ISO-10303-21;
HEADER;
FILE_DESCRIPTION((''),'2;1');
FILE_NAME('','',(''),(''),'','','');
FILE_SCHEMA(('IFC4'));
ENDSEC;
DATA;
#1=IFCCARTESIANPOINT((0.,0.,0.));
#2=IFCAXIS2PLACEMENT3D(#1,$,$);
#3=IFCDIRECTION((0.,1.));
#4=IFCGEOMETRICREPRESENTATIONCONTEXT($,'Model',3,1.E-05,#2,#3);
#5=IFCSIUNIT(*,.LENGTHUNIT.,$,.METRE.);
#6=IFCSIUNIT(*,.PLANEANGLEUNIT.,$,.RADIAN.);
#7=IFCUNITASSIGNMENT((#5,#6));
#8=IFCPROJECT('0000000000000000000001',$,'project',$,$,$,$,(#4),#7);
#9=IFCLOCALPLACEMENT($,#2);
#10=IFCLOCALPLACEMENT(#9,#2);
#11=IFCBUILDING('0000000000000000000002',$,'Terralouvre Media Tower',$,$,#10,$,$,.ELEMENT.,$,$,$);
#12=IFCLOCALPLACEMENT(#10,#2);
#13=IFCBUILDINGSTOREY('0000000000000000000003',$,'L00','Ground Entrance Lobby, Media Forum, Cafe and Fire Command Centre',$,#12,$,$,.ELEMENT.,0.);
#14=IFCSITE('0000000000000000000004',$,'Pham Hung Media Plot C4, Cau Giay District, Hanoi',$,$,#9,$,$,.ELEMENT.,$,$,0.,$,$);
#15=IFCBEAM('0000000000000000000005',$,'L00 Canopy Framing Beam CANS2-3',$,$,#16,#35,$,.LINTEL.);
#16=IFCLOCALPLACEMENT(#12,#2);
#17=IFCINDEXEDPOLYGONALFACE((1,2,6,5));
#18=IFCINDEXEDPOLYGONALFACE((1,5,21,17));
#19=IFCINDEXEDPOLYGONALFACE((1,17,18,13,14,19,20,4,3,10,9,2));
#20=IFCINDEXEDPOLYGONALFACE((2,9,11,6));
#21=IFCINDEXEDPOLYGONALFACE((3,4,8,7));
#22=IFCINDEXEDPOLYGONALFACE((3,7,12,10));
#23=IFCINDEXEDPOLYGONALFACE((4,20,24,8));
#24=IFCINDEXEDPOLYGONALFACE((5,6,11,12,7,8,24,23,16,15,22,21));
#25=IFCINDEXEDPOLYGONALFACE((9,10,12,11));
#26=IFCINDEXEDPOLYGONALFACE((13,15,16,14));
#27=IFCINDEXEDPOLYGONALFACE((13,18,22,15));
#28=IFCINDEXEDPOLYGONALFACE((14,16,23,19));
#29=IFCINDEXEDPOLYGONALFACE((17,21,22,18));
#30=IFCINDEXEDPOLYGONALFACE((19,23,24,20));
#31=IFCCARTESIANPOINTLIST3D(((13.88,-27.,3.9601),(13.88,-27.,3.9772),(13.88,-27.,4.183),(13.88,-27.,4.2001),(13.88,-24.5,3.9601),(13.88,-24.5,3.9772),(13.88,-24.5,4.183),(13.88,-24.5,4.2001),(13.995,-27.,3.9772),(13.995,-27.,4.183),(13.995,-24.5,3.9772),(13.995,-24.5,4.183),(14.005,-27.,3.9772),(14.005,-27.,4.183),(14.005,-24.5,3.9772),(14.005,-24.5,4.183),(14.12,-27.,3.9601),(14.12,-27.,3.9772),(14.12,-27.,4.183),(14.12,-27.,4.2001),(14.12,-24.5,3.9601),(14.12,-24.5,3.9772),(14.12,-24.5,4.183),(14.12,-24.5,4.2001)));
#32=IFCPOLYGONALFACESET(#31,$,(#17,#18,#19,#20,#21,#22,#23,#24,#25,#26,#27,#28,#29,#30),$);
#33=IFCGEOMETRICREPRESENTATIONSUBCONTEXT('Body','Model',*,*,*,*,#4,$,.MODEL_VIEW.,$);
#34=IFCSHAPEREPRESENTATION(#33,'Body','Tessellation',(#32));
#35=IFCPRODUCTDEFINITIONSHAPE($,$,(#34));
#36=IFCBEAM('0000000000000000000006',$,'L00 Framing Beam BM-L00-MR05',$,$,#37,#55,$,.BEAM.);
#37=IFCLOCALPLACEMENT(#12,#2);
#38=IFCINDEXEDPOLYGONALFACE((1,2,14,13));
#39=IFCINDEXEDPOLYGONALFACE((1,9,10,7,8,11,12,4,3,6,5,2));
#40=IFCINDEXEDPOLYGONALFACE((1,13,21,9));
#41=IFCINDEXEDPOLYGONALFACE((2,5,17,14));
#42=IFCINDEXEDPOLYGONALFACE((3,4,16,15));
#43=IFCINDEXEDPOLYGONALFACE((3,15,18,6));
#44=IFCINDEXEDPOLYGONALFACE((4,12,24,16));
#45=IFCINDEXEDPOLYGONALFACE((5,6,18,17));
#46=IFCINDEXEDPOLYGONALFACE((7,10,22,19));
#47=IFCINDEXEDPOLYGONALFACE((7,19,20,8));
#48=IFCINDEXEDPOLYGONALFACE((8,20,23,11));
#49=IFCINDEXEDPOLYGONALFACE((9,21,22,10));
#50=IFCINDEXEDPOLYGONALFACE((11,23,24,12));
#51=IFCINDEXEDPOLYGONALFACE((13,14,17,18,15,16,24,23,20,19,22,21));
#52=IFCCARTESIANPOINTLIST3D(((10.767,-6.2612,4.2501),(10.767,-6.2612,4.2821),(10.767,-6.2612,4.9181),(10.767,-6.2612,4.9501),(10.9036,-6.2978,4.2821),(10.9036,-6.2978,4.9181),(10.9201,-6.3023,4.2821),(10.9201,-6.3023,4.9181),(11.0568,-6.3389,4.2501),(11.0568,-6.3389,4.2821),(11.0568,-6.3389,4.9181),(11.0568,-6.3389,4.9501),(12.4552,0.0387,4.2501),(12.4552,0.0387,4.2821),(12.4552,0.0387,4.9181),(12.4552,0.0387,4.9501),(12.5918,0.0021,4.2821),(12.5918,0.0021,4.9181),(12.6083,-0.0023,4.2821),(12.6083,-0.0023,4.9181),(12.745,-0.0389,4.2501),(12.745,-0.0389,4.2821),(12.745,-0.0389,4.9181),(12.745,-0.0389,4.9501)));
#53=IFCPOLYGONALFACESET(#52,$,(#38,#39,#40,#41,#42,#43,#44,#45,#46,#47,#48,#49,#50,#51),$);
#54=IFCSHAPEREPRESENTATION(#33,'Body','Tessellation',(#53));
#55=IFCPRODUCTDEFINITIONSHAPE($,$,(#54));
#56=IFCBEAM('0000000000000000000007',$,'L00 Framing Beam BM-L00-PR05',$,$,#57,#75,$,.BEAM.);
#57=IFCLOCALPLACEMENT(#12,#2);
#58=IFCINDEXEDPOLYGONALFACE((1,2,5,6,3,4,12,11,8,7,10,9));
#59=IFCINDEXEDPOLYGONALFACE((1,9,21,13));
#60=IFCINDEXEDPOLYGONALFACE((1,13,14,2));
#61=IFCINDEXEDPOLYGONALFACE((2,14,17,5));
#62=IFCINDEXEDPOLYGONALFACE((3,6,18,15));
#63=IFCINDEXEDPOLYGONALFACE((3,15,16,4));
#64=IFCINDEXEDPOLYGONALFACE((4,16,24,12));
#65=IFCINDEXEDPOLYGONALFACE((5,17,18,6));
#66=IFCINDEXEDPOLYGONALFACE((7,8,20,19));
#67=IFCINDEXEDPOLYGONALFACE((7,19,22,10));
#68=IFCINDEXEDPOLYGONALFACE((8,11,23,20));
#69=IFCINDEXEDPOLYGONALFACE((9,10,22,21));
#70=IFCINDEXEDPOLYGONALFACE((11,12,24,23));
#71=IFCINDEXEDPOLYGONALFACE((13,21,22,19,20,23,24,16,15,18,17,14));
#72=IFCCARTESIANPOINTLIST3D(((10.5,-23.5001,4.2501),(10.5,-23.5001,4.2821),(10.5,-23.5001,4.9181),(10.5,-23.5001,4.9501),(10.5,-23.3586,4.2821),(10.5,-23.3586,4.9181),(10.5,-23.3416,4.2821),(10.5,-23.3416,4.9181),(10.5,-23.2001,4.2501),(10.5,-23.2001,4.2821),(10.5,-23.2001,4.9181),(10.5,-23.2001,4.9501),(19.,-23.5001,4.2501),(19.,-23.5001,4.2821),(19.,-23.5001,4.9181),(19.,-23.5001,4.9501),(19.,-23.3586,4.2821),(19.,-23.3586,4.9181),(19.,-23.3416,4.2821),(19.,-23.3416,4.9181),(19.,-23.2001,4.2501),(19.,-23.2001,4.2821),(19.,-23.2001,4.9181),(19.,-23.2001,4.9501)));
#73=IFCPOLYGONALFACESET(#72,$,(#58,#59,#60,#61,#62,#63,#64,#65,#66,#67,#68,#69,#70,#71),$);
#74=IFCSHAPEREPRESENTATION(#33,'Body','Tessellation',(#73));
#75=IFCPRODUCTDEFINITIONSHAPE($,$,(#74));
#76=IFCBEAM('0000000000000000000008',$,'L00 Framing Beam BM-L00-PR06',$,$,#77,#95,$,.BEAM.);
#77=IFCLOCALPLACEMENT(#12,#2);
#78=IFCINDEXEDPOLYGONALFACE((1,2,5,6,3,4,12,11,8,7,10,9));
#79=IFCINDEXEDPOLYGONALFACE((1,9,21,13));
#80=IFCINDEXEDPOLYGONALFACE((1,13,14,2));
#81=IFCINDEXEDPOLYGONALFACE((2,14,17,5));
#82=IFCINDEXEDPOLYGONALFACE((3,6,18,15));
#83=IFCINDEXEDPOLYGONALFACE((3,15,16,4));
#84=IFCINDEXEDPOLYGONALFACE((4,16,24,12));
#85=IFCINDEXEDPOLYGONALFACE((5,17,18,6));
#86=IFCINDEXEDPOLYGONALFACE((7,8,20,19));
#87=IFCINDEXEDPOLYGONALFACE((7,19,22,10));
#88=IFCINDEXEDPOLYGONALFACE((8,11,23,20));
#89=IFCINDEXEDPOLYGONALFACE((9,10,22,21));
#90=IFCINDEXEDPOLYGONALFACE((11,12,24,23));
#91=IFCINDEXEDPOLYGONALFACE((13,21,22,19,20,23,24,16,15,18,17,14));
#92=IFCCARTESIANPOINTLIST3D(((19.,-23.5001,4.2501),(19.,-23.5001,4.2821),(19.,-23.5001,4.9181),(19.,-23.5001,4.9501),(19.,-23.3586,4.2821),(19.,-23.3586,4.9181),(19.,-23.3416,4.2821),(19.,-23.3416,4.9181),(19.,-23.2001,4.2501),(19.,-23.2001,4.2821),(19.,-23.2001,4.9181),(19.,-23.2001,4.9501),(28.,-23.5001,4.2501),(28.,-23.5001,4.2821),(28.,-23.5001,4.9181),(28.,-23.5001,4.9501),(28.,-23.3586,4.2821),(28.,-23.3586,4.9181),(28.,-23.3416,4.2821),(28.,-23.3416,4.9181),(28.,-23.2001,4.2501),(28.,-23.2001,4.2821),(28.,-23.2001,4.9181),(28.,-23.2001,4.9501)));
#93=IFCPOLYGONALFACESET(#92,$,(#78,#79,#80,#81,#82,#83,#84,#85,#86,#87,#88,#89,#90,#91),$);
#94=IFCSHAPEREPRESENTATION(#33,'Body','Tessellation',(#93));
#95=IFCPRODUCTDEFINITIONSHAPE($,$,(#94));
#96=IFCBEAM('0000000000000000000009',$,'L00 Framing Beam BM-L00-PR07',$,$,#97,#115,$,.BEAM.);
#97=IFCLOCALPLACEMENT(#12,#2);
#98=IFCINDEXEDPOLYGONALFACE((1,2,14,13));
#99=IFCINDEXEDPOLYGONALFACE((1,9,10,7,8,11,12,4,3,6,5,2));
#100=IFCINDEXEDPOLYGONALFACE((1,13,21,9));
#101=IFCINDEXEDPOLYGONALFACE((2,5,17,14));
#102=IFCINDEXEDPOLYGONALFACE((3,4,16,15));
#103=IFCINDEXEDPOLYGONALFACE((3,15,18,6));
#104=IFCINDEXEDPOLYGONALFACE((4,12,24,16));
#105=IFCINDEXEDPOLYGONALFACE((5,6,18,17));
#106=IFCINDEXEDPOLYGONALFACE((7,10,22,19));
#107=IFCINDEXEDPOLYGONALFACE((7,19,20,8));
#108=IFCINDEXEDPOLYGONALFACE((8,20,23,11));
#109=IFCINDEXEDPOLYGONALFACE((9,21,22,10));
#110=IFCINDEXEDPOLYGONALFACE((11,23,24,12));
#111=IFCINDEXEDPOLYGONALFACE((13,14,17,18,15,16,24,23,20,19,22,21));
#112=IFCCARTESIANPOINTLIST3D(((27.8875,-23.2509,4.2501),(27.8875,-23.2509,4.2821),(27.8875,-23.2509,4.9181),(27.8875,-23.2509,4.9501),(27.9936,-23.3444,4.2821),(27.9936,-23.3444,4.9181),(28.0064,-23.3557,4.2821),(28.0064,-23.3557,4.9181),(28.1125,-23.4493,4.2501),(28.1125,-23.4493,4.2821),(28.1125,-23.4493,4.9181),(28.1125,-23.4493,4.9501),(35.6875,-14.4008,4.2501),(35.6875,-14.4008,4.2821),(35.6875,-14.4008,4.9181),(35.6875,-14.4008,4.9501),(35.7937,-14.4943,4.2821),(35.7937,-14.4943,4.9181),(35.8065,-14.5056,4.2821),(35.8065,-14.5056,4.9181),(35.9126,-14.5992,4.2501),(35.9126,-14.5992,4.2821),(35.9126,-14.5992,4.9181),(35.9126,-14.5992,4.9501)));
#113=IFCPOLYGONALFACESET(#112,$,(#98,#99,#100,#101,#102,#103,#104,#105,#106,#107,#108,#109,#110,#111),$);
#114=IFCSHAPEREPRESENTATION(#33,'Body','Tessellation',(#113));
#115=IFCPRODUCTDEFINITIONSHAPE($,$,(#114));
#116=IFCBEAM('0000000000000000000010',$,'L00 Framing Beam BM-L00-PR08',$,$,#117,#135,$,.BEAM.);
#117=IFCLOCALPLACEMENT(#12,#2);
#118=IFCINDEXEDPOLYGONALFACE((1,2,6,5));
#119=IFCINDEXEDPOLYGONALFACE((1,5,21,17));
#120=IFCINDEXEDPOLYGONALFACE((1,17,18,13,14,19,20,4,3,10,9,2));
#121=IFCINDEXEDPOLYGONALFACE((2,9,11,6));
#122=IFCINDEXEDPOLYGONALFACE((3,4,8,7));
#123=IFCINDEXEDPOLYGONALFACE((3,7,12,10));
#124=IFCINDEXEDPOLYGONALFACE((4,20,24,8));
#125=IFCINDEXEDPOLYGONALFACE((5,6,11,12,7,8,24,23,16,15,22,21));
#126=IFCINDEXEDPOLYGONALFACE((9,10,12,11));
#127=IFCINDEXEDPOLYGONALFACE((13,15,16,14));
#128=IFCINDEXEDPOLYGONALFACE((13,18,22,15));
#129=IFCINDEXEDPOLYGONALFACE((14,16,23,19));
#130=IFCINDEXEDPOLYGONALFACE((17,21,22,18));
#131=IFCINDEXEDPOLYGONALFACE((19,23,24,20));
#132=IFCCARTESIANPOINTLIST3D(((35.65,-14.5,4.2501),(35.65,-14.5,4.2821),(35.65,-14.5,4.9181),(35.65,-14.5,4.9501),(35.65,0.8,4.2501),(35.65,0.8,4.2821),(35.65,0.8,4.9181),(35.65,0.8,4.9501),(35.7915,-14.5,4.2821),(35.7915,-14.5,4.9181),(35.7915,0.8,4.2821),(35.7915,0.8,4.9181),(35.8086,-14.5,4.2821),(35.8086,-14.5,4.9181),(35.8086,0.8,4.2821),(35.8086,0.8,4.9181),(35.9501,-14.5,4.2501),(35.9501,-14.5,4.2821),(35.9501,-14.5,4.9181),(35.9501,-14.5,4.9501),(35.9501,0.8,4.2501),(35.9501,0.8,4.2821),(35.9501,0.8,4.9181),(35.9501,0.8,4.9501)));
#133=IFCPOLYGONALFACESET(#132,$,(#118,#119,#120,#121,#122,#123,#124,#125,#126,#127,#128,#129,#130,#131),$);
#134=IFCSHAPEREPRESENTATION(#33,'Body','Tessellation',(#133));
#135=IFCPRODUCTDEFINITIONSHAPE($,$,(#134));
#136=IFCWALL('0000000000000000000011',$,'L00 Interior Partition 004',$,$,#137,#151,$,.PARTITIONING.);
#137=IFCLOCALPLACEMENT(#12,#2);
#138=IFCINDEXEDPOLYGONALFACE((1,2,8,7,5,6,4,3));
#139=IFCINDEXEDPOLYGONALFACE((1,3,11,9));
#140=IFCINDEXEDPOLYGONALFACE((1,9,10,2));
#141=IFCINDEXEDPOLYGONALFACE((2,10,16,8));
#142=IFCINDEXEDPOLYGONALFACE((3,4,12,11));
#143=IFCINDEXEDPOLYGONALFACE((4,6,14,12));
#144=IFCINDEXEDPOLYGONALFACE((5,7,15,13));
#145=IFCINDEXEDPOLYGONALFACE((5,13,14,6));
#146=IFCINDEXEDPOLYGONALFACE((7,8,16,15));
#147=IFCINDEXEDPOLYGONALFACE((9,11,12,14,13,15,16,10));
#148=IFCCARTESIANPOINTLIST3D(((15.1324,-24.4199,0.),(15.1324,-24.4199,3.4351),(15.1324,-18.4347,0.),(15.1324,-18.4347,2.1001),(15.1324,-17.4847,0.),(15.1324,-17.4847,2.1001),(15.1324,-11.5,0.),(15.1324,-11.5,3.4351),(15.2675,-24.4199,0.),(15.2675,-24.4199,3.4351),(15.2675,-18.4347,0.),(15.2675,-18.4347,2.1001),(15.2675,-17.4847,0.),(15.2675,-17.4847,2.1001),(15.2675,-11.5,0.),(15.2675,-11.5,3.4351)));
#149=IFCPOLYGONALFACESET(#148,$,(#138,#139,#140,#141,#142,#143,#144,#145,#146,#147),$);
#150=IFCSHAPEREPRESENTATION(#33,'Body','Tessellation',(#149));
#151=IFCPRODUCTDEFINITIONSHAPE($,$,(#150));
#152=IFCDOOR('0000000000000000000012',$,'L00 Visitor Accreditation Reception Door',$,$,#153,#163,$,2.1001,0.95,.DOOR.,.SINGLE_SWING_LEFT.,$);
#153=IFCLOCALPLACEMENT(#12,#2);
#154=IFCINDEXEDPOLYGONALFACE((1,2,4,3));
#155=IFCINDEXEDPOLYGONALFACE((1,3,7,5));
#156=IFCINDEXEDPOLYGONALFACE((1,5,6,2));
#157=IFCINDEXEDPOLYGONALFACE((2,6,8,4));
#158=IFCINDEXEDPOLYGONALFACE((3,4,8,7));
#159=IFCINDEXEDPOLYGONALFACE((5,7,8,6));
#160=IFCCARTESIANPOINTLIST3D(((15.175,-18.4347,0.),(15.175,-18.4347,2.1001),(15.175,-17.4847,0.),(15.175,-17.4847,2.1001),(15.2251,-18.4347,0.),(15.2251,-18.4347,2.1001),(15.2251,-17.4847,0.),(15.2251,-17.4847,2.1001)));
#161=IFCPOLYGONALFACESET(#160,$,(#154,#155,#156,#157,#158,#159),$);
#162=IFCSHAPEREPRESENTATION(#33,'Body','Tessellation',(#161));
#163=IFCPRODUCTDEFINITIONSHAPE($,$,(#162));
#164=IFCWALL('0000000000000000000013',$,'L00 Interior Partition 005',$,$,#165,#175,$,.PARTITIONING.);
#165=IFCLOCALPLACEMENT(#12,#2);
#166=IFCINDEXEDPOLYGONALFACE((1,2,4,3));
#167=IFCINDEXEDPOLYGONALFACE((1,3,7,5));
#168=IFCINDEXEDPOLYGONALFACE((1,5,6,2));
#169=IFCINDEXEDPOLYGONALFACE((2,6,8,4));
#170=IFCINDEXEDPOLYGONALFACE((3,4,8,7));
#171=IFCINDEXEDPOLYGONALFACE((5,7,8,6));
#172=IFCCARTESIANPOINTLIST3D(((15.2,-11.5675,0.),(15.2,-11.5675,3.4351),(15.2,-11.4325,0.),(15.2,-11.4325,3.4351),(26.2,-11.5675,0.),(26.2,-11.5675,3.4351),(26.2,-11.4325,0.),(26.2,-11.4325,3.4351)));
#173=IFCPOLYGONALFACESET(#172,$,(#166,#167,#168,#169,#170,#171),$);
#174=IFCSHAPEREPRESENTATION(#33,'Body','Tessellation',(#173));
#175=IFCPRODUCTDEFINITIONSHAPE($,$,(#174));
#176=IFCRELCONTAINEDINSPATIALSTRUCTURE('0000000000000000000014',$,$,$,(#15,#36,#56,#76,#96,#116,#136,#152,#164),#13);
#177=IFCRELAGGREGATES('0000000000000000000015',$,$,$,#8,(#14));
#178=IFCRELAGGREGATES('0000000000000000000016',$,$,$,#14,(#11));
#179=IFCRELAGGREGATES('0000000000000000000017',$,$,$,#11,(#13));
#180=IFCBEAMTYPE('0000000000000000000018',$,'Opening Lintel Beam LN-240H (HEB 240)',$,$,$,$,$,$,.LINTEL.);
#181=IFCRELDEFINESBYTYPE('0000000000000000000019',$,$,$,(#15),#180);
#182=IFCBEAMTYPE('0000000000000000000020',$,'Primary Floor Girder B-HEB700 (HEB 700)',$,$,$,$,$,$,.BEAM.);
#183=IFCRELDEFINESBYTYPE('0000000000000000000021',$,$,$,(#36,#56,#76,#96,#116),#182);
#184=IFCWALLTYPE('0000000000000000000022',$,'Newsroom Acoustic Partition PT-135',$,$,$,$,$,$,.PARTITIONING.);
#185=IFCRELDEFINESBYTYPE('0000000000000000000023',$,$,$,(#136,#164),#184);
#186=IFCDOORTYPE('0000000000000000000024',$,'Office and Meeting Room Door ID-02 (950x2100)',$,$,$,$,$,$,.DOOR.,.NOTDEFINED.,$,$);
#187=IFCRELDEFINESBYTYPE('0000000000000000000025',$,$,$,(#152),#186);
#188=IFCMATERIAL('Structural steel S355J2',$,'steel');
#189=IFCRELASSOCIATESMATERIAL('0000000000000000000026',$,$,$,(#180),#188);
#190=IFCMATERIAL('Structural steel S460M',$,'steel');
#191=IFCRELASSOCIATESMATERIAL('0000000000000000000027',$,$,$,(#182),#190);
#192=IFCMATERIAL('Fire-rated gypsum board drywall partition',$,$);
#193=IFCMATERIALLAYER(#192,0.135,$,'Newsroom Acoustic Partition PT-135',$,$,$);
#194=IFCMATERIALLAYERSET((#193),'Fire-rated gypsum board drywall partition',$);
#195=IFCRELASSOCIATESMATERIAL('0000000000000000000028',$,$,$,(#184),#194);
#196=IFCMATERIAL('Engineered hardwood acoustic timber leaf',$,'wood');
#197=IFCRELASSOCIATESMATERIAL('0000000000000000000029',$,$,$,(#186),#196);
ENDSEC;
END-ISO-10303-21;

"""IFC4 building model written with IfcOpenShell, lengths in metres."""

from ifc_helpers import new_model, si_unit, direction, frame, frame_2d, origin, origin_2d, place, context, subcontext, project, spatial, rectangle, i_section, extrude, material, layer, layer_set, material_profile, profile_set, type_object, element, fill, save


model = new_model("IFC4")

# Units and contexts
model_context = context("Model", 3, precision=1e-05, world=origin(), true_north=direction((0.0, 1.0)))
body_context = subcontext(model_context, "Body", "Model", "MODEL_VIEW")
ifc_project = project(units=[si_unit("LENGTHUNIT", "METRE"), si_unit("PLANEANGLEUNIT", "RADIAN")], contexts=[model_context])

# Site, building, storey
site_placement = place(None, origin())
site = spatial("IfcSite", under=ifc_project, at=site_placement, Name="Pham Hung Media Plot C4, Cau Giay District, Hanoi", CompositionType="ELEMENT", RefElevation=0.0)
building_placement = place(site_placement, origin())
building = spatial("IfcBuilding", under=site, at=building_placement, Name="Terralouvre Media Tower", CompositionType="ELEMENT")
storey_placement = place(building_placement, origin())
storey = spatial("IfcBuildingStorey", under=building, at=storey_placement, Name="L00", Description="Ground Entrance Lobby, Media Forum, Cafe and Fire Command Centre", CompositionType="ELEMENT", Elevation=0.0)

# Beams
ifc_material_1 = material(Name="Structural steel S355J2", Category="steel")
ifc_material_profile_1 = material_profile(ifc_material_1, i_section(OverallWidth=0.24, OverallDepth=0.24, WebThickness=0.01, FlangeThickness=0.0171, at=origin_2d()), Name="HEB 240")
ifc_profile_set_1 = profile_set([ifc_material_profile_1], Name="Structural steel S355J2")
beam_type_1 = type_object("IfcBeamType", Name="Opening Lintel Beam LN-240H (HEB 240)", PredefinedType="LINTEL", material=ifc_profile_set_1)
beam_1_placement = place(storey_placement, frame((14.0, -27.0, 4.0801), z_axis=(0.0, 1.0, 0.0), x_axis=(-1.0, 0.0, 0.0)))
element("IfcBeam", 1, at=beam_1_placement, inside=storey, type_object=beam_type_1, Name="L00 Canopy Framing Beam CANS2-3", PredefinedType="LINTEL", context=body_context, shape_type="SweptSolid", body=[
    extrude(i_section(OverallWidth=0.24, OverallDepth=0.24, WebThickness=0.01, FlangeThickness=0.0171, at=origin_2d()), origin(), (0.0, 0.0, 1.0), 2.5),
])
ifc_material_2 = material(Name="Structural steel S460M", Category="steel")
ifc_material_profile_2 = material_profile(ifc_material_2, i_section(OverallWidth=0.3, OverallDepth=0.7, WebThickness=0.0171, FlangeThickness=0.032, at=origin_2d()), Name="HEB 700")
ifc_profile_set_2 = profile_set([ifc_material_profile_2], Name="Structural steel S460M")
beam_type_2 = type_object("IfcBeamType", Name="Primary Floor Girder B-HEB700 (HEB 700)", PredefinedType="BEAM", material=ifc_profile_set_2)
beam_2_placement = place(storey_placement, frame((10.9119, -6.3, 4.6001), z_axis=(0.258839, 0.96592, 0.0), x_axis=(-0.96592, 0.258839, 0.0)))
element("IfcBeam", 2, at=beam_2_placement, inside=storey, type_object=beam_type_2, Name="L00 Framing Beam BM-L00-MR05", PredefinedType="BEAM", context=body_context, shape_type="SweptSolid", body=[
    extrude(i_section(OverallWidth=0.3, OverallDepth=0.7, WebThickness=0.0171, FlangeThickness=0.032, at=origin_2d()), origin(), (0.0, 0.0, 1.0), 6.5222),
])
beam_3_placement = place(storey_placement, frame((10.5, -23.3501, 4.6001), z_axis=(1.0, 0.0, 0.0), x_axis=(0.0, 1.0, 0.0)))
element("IfcBeam", 3, at=beam_3_placement, inside=storey, type_object=beam_type_2, Name="L00 Framing Beam BM-L00-PR05", PredefinedType="BEAM", context=body_context, shape_type="SweptSolid", body=[
    extrude(i_section(OverallWidth=0.3, OverallDepth=0.7, WebThickness=0.0171, FlangeThickness=0.032, at=origin_2d()), origin(), (0.0, 0.0, 1.0), 8.5),
])
beam_4_placement = place(storey_placement, frame((19.0, -23.3501, 4.6001), z_axis=(1.0, 0.0, 0.0), x_axis=(0.0, 1.0, 0.0)))
element("IfcBeam", 4, at=beam_4_placement, inside=storey, type_object=beam_type_2, Name="L00 Framing Beam BM-L00-PR06", PredefinedType="BEAM", context=body_context, shape_type="SweptSolid", body=[
    extrude(i_section(OverallWidth=0.3, OverallDepth=0.7, WebThickness=0.0171, FlangeThickness=0.032, at=origin_2d()), origin(), (0.0, 0.0, 1.0), 9.0),
])
beam_5_placement = place(storey_placement, frame((28.0, -23.3501, 4.6001), z_axis=(0.661199, 0.75021, 0.0), x_axis=(-0.75021, 0.661199, 0.0)))
element("IfcBeam", 5, at=beam_5_placement, inside=storey, type_object=beam_type_2, Name="L00 Framing Beam BM-L00-PR07", PredefinedType="BEAM", context=body_context, shape_type="SweptSolid", body=[
    extrude(i_section(OverallWidth=0.3, OverallDepth=0.7, WebThickness=0.0171, FlangeThickness=0.032, at=origin_2d()), origin(), (0.0, 0.0, 1.0), 11.7969),
])
beam_6_placement = place(storey_placement, frame((35.8, -14.5, 4.6001), z_axis=(0.0, 1.0, 0.0), x_axis=(-1.0, 0.0, 0.0)))
element("IfcBeam", 6, at=beam_6_placement, inside=storey, type_object=beam_type_2, Name="L00 Framing Beam BM-L00-PR08", PredefinedType="BEAM", context=body_context, shape_type="SweptSolid", body=[
    extrude(i_section(OverallWidth=0.3, OverallDepth=0.7, WebThickness=0.0171, FlangeThickness=0.032, at=origin_2d()), origin(), (0.0, 0.0, 1.0), 15.3),
])

# Wall, opening, door
ifc_material_3 = material(Name="Fire-rated gypsum board drywall partition")
ifc_layer_1 = layer(ifc_material_3, 0.135, Name="Newsroom Acoustic Partition PT-135")
ifc_layer_set_1 = layer_set([ifc_layer_1], Name="Fire-rated gypsum board drywall partition")
wall_type_1 = type_object("IfcWallType", Name="Newsroom Acoustic Partition PT-135", PredefinedType="PARTITIONING", material=ifc_layer_set_1)
wall_1_placement = place(storey_placement, frame((15.2, -24.4199, 0.0), z_axis=(0.0, 0.0, 1.0), x_axis=(0.0, 1.0, 0.0)))
wall_1 = element("IfcWall", 7, at=wall_1_placement, inside=storey, type_object=wall_type_1, Name="L00 Interior Partition 004", PredefinedType="PARTITIONING", context=body_context, shape_type="SweptSolid", body=[
    extrude(rectangle(XDim=12.9199, YDim=0.135, at=frame_2d((6.46, 0.0))), origin(), (0.0, 0.0, 1.0), 3.4351),
])
opening_1_placement = place(wall_1_placement, frame((5.9851, 0.0, 0.0)))
opening_1 = element("IfcOpeningElement", 8, at=opening_1_placement, cuts=wall_1, PredefinedType="OPENING", context=body_context, shape_type="SweptSolid", body=[
    extrude(rectangle(XDim=0.95, YDim=2.1001, at=frame_2d((0.4751, 1.05))), frame((0.0, 0.0774, 0.0), z_axis=(0.0, -1.0, 0.0), x_axis=(1.0, 0.0, 0.0)), (0.0, 0.0, 1.0), 0.155),
])
ifc_material_4 = material(Name="Engineered hardwood acoustic timber leaf", Category="wood")
door_type_1 = type_object("IfcDoorType", Name="Office and Meeting Room Door ID-02 (950x2100)", OperationType="NOTDEFINED", PredefinedType="DOOR", material=ifc_material_4)
door_1_placement = place(opening_1_placement, origin())
door_1 = element("IfcDoor", 9, at=door_1_placement, inside=storey, type_object=door_type_1, Name="L00 Visitor Accreditation Reception Door", OperationType="SINGLE_SWING_LEFT", OverallHeight=2.1001, OverallWidth=0.95, PredefinedType="DOOR", context=body_context, shape_type="SweptSolid", body=[
    extrude(rectangle(XDim=0.95, YDim=2.1001, at=frame_2d((0.4751, 1.05))), frame((0.0, 0.0249, 0.0), z_axis=(0.0, -1.0, 0.0), x_axis=(1.0, 0.0, 0.0)), (0.0, 0.0, 1.0), 0.05),
])
fill(opening_1, door_1)

# Wall
wall_2_placement = place(storey_placement, frame((15.2, -11.5, 0.0), z_axis=(0.0, 0.0, 1.0), x_axis=(1.0, 0.0, 0.0)))
element("IfcWall", 10, at=wall_2_placement, inside=storey, type_object=wall_type_1, Name="L00 Interior Partition 005", PredefinedType="PARTITIONING", context=body_context, shape_type="SweptSolid", body=[
    extrude(rectangle(XDim=11.0, YDim=0.135, at=frame_2d((5.5, 0.0))), origin(), (0.0, 0.0, 1.0), 3.4351),
])

save(model, "model.ifc")
